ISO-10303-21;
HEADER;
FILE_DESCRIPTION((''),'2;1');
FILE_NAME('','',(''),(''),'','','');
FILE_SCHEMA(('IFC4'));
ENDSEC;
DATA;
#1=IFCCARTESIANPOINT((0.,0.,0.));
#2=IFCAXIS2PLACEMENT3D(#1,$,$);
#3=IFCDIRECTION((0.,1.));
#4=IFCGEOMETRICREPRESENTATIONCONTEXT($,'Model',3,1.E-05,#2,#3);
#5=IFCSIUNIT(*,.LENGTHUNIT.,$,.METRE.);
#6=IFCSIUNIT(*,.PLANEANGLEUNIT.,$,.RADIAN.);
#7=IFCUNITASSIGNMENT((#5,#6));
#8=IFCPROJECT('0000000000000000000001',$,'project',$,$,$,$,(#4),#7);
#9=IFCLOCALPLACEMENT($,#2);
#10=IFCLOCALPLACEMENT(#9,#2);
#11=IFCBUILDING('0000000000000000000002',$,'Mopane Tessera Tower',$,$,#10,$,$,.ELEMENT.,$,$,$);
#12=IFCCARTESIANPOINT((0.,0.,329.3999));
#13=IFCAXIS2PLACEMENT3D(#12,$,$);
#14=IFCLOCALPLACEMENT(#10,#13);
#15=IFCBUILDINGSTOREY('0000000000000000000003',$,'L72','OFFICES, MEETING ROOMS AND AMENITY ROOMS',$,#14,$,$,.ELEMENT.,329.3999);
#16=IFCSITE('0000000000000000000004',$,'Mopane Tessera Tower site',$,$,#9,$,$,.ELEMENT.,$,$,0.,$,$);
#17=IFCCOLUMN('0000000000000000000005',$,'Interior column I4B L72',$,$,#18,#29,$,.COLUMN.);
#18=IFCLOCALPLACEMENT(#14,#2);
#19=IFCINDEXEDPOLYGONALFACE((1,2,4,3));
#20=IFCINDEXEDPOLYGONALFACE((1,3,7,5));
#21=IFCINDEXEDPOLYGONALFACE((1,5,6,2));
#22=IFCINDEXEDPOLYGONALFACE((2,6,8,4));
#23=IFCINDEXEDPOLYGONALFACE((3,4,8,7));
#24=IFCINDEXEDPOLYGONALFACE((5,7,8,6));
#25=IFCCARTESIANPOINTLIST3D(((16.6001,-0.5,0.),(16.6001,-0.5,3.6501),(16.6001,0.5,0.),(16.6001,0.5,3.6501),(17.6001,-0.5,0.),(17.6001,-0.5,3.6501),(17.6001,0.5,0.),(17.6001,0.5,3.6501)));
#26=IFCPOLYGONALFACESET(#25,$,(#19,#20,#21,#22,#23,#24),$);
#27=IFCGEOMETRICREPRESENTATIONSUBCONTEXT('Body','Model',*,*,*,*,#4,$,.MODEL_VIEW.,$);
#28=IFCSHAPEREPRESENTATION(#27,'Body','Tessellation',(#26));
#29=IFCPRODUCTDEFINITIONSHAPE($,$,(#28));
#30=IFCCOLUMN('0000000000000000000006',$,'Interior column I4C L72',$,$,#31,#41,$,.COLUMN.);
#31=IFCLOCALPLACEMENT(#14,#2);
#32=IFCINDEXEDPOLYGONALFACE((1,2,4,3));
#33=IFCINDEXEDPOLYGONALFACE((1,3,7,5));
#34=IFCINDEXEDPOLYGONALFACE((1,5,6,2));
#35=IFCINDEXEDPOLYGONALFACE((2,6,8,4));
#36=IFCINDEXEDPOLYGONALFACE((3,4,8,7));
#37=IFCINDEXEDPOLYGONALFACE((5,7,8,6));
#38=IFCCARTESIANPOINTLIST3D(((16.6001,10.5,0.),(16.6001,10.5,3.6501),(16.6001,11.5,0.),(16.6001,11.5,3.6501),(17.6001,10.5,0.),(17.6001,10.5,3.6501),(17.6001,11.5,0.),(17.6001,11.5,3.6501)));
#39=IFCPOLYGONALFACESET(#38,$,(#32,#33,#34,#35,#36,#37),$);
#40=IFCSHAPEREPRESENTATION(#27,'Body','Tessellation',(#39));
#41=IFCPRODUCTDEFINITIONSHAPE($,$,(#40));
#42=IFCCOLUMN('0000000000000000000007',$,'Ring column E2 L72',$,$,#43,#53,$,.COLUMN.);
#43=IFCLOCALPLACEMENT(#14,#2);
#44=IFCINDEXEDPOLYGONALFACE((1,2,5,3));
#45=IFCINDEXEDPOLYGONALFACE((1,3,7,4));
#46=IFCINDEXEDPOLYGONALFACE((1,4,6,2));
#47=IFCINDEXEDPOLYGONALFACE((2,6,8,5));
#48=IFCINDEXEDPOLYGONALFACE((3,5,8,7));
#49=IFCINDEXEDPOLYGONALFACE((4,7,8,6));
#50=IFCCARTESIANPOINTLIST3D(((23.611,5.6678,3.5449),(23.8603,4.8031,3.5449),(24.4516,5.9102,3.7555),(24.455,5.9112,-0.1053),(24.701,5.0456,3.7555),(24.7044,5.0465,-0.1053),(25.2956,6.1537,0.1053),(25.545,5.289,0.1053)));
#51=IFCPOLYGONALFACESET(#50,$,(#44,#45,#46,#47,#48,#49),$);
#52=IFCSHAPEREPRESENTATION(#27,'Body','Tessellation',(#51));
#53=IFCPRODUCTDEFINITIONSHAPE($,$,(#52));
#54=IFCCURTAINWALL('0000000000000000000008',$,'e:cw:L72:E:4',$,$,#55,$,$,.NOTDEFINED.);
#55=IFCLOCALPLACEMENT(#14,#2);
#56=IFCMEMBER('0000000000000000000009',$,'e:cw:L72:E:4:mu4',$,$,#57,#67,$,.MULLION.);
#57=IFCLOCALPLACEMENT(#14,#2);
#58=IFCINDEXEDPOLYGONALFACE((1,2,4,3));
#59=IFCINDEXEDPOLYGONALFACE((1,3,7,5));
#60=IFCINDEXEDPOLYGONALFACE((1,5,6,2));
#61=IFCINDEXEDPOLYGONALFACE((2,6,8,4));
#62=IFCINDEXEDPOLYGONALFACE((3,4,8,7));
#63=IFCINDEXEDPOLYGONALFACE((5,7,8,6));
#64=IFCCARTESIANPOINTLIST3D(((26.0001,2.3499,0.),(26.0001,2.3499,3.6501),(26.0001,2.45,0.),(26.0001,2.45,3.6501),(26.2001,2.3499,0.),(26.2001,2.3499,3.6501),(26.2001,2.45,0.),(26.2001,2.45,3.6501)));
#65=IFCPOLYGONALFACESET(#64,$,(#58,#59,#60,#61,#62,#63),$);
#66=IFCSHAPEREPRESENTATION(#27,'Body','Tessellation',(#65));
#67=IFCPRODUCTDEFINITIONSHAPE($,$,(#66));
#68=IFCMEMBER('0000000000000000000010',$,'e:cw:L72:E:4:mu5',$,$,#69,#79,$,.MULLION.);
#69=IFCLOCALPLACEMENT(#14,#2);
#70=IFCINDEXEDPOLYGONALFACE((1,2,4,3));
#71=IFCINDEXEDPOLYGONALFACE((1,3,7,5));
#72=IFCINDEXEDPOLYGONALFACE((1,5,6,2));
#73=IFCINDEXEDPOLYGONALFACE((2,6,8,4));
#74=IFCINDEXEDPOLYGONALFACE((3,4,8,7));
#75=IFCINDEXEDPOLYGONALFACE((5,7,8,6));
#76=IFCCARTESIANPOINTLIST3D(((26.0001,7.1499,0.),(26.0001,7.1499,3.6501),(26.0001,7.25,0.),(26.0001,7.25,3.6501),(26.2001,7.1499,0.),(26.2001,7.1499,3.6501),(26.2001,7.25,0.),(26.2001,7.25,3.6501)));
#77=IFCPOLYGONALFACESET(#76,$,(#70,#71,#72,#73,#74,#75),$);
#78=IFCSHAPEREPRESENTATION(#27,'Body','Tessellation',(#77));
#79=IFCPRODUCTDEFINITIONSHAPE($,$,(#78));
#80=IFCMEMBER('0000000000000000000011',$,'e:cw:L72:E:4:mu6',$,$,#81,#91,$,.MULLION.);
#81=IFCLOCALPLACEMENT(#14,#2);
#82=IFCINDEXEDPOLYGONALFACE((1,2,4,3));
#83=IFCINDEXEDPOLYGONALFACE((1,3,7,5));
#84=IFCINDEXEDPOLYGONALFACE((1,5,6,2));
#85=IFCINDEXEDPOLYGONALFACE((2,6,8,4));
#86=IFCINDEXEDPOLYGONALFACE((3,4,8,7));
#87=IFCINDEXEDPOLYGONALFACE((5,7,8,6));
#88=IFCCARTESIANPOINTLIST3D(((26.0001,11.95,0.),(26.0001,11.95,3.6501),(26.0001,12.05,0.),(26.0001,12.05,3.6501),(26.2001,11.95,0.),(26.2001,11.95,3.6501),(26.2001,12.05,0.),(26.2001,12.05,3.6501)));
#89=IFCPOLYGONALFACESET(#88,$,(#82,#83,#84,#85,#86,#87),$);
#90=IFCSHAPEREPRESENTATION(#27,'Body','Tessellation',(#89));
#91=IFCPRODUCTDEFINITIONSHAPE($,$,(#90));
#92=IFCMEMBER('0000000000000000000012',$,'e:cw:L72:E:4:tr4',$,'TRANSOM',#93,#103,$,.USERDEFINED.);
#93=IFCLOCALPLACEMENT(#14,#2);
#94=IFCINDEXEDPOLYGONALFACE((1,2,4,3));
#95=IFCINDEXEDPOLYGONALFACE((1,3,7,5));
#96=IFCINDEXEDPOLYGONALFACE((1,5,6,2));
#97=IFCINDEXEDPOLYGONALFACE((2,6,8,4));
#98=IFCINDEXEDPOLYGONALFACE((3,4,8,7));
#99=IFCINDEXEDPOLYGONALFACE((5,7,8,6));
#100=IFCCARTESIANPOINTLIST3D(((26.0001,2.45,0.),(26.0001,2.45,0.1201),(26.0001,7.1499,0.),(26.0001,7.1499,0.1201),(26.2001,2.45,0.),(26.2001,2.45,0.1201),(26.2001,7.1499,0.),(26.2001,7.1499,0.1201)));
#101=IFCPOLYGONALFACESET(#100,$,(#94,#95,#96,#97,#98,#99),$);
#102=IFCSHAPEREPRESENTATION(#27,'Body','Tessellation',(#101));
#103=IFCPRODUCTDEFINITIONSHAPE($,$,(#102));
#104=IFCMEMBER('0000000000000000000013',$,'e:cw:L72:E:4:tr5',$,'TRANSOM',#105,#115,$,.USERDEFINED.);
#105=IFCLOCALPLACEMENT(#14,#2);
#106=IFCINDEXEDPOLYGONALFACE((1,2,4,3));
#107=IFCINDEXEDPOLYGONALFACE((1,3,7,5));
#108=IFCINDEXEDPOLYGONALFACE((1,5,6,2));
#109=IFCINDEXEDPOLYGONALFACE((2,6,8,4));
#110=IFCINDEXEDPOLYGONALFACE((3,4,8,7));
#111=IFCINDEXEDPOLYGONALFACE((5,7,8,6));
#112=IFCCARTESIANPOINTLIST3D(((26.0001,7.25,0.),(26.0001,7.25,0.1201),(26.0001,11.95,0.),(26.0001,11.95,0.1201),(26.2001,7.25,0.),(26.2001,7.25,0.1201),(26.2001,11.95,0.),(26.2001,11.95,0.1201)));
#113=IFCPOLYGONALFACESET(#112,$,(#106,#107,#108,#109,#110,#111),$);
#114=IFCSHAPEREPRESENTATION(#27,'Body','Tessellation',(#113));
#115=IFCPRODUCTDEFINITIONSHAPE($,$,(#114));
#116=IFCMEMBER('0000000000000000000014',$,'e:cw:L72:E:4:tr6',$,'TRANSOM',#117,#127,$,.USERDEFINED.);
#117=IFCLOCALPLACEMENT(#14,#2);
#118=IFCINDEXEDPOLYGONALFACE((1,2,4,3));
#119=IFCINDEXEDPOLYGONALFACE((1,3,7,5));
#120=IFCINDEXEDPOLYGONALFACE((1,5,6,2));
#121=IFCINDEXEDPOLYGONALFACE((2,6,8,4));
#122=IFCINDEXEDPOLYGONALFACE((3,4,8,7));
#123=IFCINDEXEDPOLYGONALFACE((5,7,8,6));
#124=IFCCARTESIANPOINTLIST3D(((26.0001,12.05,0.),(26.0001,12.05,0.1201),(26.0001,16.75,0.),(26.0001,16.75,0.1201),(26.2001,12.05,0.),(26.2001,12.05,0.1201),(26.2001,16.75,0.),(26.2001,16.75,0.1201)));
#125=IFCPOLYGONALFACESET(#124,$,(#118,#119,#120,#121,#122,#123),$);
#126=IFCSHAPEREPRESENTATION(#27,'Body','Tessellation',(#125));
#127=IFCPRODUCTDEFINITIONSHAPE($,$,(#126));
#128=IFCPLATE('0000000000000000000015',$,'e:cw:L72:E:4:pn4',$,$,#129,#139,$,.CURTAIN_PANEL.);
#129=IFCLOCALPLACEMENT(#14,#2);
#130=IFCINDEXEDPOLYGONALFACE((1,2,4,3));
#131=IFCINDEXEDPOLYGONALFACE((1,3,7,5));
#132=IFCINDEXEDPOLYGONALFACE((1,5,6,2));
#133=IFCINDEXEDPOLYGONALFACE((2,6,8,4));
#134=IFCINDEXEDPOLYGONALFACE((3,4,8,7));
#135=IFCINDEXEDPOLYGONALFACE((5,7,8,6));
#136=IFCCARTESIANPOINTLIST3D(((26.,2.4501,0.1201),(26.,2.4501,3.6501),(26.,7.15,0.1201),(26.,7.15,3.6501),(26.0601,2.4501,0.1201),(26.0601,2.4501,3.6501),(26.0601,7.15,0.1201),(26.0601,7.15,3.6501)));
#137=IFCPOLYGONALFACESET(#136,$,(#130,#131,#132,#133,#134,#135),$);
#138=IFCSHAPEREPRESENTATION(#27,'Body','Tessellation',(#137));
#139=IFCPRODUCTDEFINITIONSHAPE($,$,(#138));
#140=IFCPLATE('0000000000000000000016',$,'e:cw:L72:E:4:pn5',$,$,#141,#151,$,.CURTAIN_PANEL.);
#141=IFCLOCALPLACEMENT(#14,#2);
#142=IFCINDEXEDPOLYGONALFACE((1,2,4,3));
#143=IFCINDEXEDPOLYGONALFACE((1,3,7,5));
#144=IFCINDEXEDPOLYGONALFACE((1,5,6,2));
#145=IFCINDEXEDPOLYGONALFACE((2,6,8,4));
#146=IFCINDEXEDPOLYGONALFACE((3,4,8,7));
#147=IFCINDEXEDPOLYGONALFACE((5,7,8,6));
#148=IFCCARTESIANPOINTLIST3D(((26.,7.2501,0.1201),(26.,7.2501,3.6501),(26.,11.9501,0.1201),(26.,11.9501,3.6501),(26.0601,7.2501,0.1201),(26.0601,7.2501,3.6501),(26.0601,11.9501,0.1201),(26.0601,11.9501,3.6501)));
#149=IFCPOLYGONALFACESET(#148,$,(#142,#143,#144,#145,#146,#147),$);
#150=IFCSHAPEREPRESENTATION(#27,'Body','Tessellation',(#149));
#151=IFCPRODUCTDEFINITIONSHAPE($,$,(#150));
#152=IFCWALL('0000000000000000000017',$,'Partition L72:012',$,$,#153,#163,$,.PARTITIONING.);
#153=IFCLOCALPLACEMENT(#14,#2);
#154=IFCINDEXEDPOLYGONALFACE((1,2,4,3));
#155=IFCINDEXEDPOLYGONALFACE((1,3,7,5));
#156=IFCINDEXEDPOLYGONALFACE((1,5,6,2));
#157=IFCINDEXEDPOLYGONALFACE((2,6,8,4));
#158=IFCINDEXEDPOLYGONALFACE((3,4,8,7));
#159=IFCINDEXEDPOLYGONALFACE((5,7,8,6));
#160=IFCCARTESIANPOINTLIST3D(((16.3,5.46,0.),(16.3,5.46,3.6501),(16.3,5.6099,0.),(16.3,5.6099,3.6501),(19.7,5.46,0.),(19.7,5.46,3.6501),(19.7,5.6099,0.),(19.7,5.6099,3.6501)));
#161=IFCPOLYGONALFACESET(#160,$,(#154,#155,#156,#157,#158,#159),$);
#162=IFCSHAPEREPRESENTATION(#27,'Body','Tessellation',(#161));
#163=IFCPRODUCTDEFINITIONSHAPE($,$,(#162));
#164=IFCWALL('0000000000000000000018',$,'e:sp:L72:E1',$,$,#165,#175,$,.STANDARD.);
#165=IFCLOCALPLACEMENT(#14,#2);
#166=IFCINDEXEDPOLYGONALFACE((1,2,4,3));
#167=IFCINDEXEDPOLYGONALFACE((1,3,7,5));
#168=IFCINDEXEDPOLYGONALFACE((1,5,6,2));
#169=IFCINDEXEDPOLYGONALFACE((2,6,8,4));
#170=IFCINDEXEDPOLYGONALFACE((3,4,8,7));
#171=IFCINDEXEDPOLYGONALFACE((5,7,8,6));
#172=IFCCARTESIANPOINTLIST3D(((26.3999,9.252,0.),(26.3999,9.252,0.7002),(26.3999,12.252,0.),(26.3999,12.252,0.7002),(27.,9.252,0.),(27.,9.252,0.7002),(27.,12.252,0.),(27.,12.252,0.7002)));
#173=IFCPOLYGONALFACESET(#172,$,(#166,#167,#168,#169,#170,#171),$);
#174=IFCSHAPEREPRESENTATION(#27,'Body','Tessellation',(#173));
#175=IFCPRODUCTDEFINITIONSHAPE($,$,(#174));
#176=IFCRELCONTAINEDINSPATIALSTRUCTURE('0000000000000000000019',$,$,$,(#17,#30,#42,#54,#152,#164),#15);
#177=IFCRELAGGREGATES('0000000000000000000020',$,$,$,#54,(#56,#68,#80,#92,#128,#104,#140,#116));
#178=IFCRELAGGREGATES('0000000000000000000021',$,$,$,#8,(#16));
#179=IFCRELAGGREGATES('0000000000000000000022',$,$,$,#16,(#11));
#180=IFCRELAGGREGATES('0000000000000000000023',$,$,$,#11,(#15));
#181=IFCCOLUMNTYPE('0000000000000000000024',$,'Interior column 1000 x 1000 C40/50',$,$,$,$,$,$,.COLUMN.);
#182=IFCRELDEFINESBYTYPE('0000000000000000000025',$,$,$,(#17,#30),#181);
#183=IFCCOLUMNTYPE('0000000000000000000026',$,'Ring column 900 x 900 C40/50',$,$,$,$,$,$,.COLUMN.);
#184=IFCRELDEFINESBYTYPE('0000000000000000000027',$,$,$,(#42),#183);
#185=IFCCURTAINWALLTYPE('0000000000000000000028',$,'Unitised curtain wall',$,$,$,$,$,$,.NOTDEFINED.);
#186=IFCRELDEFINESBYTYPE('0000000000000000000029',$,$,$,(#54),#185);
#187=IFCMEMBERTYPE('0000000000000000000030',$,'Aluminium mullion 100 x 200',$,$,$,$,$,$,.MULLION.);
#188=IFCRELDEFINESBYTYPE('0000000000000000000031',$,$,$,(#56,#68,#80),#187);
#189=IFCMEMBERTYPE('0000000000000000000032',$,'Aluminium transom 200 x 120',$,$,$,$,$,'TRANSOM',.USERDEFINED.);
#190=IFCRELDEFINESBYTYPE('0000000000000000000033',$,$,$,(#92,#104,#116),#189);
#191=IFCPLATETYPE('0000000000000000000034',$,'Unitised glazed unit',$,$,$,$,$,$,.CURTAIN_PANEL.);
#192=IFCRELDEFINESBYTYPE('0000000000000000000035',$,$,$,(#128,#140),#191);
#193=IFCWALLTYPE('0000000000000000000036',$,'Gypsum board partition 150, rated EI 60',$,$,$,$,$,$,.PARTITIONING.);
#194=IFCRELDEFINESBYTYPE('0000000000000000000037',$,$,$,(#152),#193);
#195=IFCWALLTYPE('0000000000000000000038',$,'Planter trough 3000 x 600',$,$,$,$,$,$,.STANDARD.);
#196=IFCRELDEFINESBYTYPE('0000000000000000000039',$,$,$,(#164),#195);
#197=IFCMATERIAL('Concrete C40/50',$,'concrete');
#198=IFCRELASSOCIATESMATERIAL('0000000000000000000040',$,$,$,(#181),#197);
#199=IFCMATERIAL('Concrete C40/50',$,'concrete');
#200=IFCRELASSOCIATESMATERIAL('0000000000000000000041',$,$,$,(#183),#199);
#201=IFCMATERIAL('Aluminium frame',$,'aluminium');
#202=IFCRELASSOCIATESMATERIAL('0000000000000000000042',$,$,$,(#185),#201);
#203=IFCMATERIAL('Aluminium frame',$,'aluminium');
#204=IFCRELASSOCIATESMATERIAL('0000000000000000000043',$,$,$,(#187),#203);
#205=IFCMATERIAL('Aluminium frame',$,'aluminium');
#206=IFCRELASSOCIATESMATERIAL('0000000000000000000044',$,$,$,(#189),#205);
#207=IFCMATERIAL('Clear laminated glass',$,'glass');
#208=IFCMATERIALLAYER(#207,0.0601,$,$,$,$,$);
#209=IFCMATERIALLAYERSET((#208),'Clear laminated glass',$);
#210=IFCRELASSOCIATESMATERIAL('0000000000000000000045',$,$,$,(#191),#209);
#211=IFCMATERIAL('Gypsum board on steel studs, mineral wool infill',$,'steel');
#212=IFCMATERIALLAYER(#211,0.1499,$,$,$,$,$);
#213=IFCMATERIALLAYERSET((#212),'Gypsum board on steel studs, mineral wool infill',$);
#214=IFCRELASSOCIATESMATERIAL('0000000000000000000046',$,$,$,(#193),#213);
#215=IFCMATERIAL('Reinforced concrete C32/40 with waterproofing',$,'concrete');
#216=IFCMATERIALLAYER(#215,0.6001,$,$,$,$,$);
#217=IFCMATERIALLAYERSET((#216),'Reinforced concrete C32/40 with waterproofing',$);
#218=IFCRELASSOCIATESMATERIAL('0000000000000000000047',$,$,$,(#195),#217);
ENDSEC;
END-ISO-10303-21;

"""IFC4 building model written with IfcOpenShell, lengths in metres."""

from ifc_helpers import new_model, si_unit, direction, frame, frame_2d, origin, origin_2d, place, context, subcontext, project, spatial, rectangle, extrude, material, layer, layer_set, material_profile, profile_set, type_object, element, aggregate, save


model = new_model("IFC4")

# Units and contexts
model_context = context("Model", 3, precision=1e-05, world=origin(), true_north=direction((0.0, 1.0)))
body_context = subcontext(model_context, "Body", "Model", "MODEL_VIEW")
ifc_project = project(units=[si_unit("LENGTHUNIT", "METRE"), si_unit("PLANEANGLEUNIT", "RADIAN")], contexts=[model_context])

# Site, building, storey
site_placement = place(None, origin())
site = spatial("IfcSite", under=ifc_project, at=site_placement, Name="Mopane Tessera Tower site", CompositionType="ELEMENT", RefElevation=0.0)
building_placement = place(site_placement, origin())
building = spatial("IfcBuilding", under=site, at=building_placement, Name="Mopane Tessera Tower", CompositionType="ELEMENT")
storey_placement = place(building_placement, frame((0.0, 0.0, 329.3999)))
storey = spatial("IfcBuildingStorey", under=building, at=storey_placement, Name="L72", Description="OFFICES, MEETING ROOMS AND AMENITY ROOMS", CompositionType="ELEMENT", Elevation=329.3999)

# Columns
ifc_material_1 = material(Name="Concrete C40/50", Category="concrete")
ifc_material_profile_1 = material_profile(ifc_material_1, rectangle(XDim=1.0, YDim=1.0, at=origin_2d()))
ifc_profile_set_1 = profile_set([ifc_material_profile_1], Name="Concrete C40/50")
column_type_1 = type_object("IfcColumnType", Name="Interior column 1000 x 1000 C40/50", PredefinedType="COLUMN", material=ifc_profile_set_1)
for number, where, z_axis, x_axis, name in (
    (1, (17.1001, 0.0, 0.0), (0.0, 0.0, 1.0), (1.0, 0.0, 0.0), "Interior column I4B L72"),
    (2, (17.1001, 11.0, 0.0), (0.0, 0.0, 1.0), (1.0, 0.0, 0.0), "Interior column I4C L72"),
):
    element("IfcColumn", number, at=place(storey_placement, frame(where, z_axis=z_axis, x_axis=x_axis)), inside=storey, type_object=column_type_1, Name=name, PredefinedType="COLUMN", context=body_context, shape_type="SweptSolid", body=[
        extrude(rectangle(XDim=1.0, YDim=1.0, at=origin_2d()), origin(), (0.0, 0.0, 1.0), 3.6501),
    ])
ifc_material_2 = material(Name="Concrete C40/50", Category="concrete")
ifc_material_profile_2 = material_profile(ifc_material_2, rectangle(XDim=0.8999, YDim=0.8999, at=origin_2d()))
ifc_profile_set_2 = profile_set([ifc_material_profile_2], Name="Concrete C40/50")
column_type_2 = type_object("IfcColumnType", Name="Ring column 900 x 900 C40/50", PredefinedType="COLUMN", material=ifc_profile_set_2)
column_placement = place(storey_placement, frame((25.0, 5.6001, 0.0), z_axis=(-0.224804, -0.064834, 0.972245), x_axis=(0.277106, -0.960839, 0.0)))
element("IfcColumn", 3, at=column_placement, inside=storey, type_object=column_type_2, Name="Ring column E2 L72", PredefinedType="COLUMN", context=body_context, shape_type="SweptSolid", body=[
    extrude(rectangle(XDim=0.8999, YDim=0.8999, at=origin_2d()), origin(), (0.0, 0.0, 1.0), 3.7544),
])

# Curtain wall, members, plates
ifc_material_3 = material(Name="Aluminium frame", Category="aluminium")
curtain_wall_type = type_object("IfcCurtainWallType", Name="Unitised curtain wall", PredefinedType="NOTDEFINED", material=ifc_material_3)
curtain_wall_placement = place(storey_placement, origin())
curtain_wall = element("IfcCurtainWall", 4, at=curtain_wall_placement, inside=storey, type_object=curtain_wall_type, Name="e:cw:L72:E:4", PredefinedType="NOTDEFINED")
ifc_material_4 = material(Name="Aluminium frame", Category="aluminium")
ifc_material_profile_3 = material_profile(ifc_material_4, rectangle(XDim=0.1001, YDim=0.2, at=origin_2d()))
ifc_profile_set_3 = profile_set([ifc_material_profile_3], Name="Aluminium frame")
member_type_1 = type_object("IfcMemberType", Name="Aluminium mullion 100 x 200", PredefinedType="MULLION", material=ifc_profile_set_3)
member_1_placement = place(storey_placement, frame((26.1001, 2.3999, 0.0), z_axis=(0.0, 0.0, 1.0), x_axis=(0.0, 1.0, 0.0)))
member_1 = element("IfcMember", 5, at=member_1_placement, type_object=member_type_1, Name="e:cw:L72:E:4:mu4", PredefinedType="MULLION", context=body_context, shape_type="SweptSolid", body=[
    extrude(rectangle(XDim=0.1001, YDim=0.2, at=origin_2d()), origin(), (0.0, 0.0, 1.0), 3.6501),
])
member_2_placement = place(storey_placement, frame((26.1001, 7.2, 0.0), z_axis=(0.0, 0.0, 1.0), x_axis=(0.0, 1.0, 0.0)))
member_2 = element("IfcMember", 6, at=member_2_placement, type_object=member_type_1, Name="e:cw:L72:E:4:mu5", PredefinedType="MULLION", context=body_context, shape_type="SweptSolid", body=[
    extrude(rectangle(XDim=0.1001, YDim=0.2, at=origin_2d()), origin(), (0.0, 0.0, 1.0), 3.6501),
])
member_3_placement = place(storey_placement, frame((26.1001, 12.0, 0.0), z_axis=(0.0, 0.0, 1.0), x_axis=(0.0, 1.0, 0.0)))
member_3 = element("IfcMember", 7, at=member_3_placement, type_object=member_type_1, Name="e:cw:L72:E:4:mu6", PredefinedType="MULLION", context=body_context, shape_type="SweptSolid", body=[
    extrude(rectangle(XDim=0.1001, YDim=0.2, at=origin_2d()), origin(), (0.0, 0.0, 1.0), 3.6501),
])
ifc_material_5 = material(Name="Aluminium frame", Category="aluminium")
ifc_material_profile_4 = material_profile(ifc_material_5, rectangle(XDim=0.2, YDim=0.1201, at=origin_2d()))
ifc_profile_set_4 = profile_set([ifc_material_profile_4], Name="Aluminium frame")
member_type_2 = type_object("IfcMemberType", Name="Aluminium transom 200 x 120", ElementType="TRANSOM", PredefinedType="USERDEFINED", material=ifc_profile_set_4)
member_4_placement = place(storey_placement, frame((26.1001, 2.45, 0.0601), z_axis=(0.0, 1.0, 0.0), x_axis=(-1.0, 0.0, 0.0)))
member_4 = element("IfcMember", 8, at=member_4_placement, type_object=member_type_2, Name="e:cw:L72:E:4:tr4", ObjectType="TRANSOM", PredefinedType="USERDEFINED", context=body_context, shape_type="SweptSolid", body=[
    extrude(rectangle(XDim=0.2, YDim=0.1201, at=origin_2d()), origin(), (0.0, 0.0, 1.0), 4.7),
])
member_5_placement = place(storey_placement, frame((26.1001, 7.25, 0.0601), z_axis=(0.0, 1.0, 0.0), x_axis=(-1.0, 0.0, 0.0)))
member_5 = element("IfcMember", 9, at=member_5_placement, type_object=member_type_2, Name="e:cw:L72:E:4:tr5", ObjectType="TRANSOM", PredefinedType="USERDEFINED", context=body_context, shape_type="SweptSolid", body=[
    extrude(rectangle(XDim=0.2, YDim=0.1201, at=origin_2d()), origin(), (0.0, 0.0, 1.0), 4.7),
])
member_6_placement = place(storey_placement, frame((26.1001, 12.05, 0.0601), z_axis=(0.0, 1.0, 0.0), x_axis=(-1.0, 0.0, 0.0)))
member_6 = element("IfcMember", 10, at=member_6_placement, type_object=member_type_2, Name="e:cw:L72:E:4:tr6", ObjectType="TRANSOM", PredefinedType="USERDEFINED", context=body_context, shape_type="SweptSolid", body=[
    extrude(rectangle(XDim=0.2, YDim=0.1201, at=origin_2d()), origin(), (0.0, 0.0, 1.0), 4.7),
])
ifc_material_6 = material(Name="Clear laminated glass", Category="glass")
ifc_layer_1 = layer(ifc_material_6, 0.0601)
ifc_layer_set_1 = layer_set([ifc_layer_1], Name="Clear laminated glass")
plate_type = type_object("IfcPlateType", Name="Unitised glazed unit", PredefinedType="CURTAIN_PANEL", material=ifc_layer_set_1)
plate_1_placement = place(storey_placement, frame((26.03, 4.8, 0.1201), z_axis=(0.0, 0.0, 1.0), x_axis=(0.0, 1.0, 0.0)))
plate_1 = element("IfcPlate", 11, at=plate_1_placement, type_object=plate_type, Name="e:cw:L72:E:4:pn4", PredefinedType="CURTAIN_PANEL", context=body_context, shape_type="SweptSolid", body=[
    extrude(rectangle(XDim=4.7, YDim=0.0601, at=origin_2d()), origin(), (0.0, 0.0, 1.0), 3.53),
])
plate_2_placement = place(storey_placement, frame((26.03, 9.6001, 0.1201), z_axis=(0.0, 0.0, 1.0), x_axis=(0.0, 1.0, 0.0)))
plate_2 = element("IfcPlate", 12, at=plate_2_placement, type_object=plate_type, Name="e:cw:L72:E:4:pn5", PredefinedType="CURTAIN_PANEL", context=body_context, shape_type="SweptSolid", body=[
    extrude(rectangle(XDim=4.7, YDim=0.0601, at=origin_2d()), origin(), (0.0, 0.0, 1.0), 3.53),
])
aggregate(curtain_wall, [member_1, member_2, member_3, member_4, plate_1, member_5, plate_2, member_6])

# Walls
ifc_material_7 = material(Name="Gypsum board on steel studs, mineral wool infill", Category="steel")
ifc_layer_2 = layer(ifc_material_7, 0.1499)
ifc_layer_set_2 = layer_set([ifc_layer_2], Name="Gypsum board on steel studs, mineral wool infill")
wall_type_1 = type_object("IfcWallType", Name="Gypsum board partition 150, rated EI 60", PredefinedType="PARTITIONING", material=ifc_layer_set_2)
wall_1_placement = place(storey_placement, frame((16.3, 5.5349, 0.0), z_axis=(0.0, 0.0, 1.0), x_axis=(1.0, 0.0, 0.0)))
element("IfcWall", 13, at=wall_1_placement, inside=storey, type_object=wall_type_1, Name="Partition L72:012", PredefinedType="PARTITIONING", context=body_context, shape_type="SweptSolid", body=[
    extrude(rectangle(XDim=3.3999, YDim=0.1499, at=frame_2d((1.7, 0.0))), origin(), (0.0, 0.0, 1.0), 3.6501),
])
ifc_material_8 = material(Name="Reinforced concrete C32/40 with waterproofing", Category="concrete")
ifc_layer_3 = layer(ifc_material_8, 0.6001)
ifc_layer_set_3 = layer_set([ifc_layer_3], Name="Reinforced concrete C32/40 with waterproofing")
wall_type_2 = type_object("IfcWallType", Name="Planter trough 3000 x 600", PredefinedType="STANDARD", material=ifc_layer_set_3)
wall_2_placement = place(storey_placement, frame((26.7, 9.252, 0.0), z_axis=(0.0, 0.0, 1.0), x_axis=(0.0, 1.0, 0.0)))
element("IfcWall", 14, at=wall_2_placement, inside=storey, type_object=wall_type_2, Name="e:sp:L72:E1", PredefinedType="STANDARD", context=body_context, shape_type="SweptSolid", body=[
    extrude(rectangle(XDim=3.0, YDim=0.6001, at=frame_2d((1.5, 0.0))), origin(), (0.0, 0.0, 1.0), 0.7002),
])

save(model, "model.ifc")
